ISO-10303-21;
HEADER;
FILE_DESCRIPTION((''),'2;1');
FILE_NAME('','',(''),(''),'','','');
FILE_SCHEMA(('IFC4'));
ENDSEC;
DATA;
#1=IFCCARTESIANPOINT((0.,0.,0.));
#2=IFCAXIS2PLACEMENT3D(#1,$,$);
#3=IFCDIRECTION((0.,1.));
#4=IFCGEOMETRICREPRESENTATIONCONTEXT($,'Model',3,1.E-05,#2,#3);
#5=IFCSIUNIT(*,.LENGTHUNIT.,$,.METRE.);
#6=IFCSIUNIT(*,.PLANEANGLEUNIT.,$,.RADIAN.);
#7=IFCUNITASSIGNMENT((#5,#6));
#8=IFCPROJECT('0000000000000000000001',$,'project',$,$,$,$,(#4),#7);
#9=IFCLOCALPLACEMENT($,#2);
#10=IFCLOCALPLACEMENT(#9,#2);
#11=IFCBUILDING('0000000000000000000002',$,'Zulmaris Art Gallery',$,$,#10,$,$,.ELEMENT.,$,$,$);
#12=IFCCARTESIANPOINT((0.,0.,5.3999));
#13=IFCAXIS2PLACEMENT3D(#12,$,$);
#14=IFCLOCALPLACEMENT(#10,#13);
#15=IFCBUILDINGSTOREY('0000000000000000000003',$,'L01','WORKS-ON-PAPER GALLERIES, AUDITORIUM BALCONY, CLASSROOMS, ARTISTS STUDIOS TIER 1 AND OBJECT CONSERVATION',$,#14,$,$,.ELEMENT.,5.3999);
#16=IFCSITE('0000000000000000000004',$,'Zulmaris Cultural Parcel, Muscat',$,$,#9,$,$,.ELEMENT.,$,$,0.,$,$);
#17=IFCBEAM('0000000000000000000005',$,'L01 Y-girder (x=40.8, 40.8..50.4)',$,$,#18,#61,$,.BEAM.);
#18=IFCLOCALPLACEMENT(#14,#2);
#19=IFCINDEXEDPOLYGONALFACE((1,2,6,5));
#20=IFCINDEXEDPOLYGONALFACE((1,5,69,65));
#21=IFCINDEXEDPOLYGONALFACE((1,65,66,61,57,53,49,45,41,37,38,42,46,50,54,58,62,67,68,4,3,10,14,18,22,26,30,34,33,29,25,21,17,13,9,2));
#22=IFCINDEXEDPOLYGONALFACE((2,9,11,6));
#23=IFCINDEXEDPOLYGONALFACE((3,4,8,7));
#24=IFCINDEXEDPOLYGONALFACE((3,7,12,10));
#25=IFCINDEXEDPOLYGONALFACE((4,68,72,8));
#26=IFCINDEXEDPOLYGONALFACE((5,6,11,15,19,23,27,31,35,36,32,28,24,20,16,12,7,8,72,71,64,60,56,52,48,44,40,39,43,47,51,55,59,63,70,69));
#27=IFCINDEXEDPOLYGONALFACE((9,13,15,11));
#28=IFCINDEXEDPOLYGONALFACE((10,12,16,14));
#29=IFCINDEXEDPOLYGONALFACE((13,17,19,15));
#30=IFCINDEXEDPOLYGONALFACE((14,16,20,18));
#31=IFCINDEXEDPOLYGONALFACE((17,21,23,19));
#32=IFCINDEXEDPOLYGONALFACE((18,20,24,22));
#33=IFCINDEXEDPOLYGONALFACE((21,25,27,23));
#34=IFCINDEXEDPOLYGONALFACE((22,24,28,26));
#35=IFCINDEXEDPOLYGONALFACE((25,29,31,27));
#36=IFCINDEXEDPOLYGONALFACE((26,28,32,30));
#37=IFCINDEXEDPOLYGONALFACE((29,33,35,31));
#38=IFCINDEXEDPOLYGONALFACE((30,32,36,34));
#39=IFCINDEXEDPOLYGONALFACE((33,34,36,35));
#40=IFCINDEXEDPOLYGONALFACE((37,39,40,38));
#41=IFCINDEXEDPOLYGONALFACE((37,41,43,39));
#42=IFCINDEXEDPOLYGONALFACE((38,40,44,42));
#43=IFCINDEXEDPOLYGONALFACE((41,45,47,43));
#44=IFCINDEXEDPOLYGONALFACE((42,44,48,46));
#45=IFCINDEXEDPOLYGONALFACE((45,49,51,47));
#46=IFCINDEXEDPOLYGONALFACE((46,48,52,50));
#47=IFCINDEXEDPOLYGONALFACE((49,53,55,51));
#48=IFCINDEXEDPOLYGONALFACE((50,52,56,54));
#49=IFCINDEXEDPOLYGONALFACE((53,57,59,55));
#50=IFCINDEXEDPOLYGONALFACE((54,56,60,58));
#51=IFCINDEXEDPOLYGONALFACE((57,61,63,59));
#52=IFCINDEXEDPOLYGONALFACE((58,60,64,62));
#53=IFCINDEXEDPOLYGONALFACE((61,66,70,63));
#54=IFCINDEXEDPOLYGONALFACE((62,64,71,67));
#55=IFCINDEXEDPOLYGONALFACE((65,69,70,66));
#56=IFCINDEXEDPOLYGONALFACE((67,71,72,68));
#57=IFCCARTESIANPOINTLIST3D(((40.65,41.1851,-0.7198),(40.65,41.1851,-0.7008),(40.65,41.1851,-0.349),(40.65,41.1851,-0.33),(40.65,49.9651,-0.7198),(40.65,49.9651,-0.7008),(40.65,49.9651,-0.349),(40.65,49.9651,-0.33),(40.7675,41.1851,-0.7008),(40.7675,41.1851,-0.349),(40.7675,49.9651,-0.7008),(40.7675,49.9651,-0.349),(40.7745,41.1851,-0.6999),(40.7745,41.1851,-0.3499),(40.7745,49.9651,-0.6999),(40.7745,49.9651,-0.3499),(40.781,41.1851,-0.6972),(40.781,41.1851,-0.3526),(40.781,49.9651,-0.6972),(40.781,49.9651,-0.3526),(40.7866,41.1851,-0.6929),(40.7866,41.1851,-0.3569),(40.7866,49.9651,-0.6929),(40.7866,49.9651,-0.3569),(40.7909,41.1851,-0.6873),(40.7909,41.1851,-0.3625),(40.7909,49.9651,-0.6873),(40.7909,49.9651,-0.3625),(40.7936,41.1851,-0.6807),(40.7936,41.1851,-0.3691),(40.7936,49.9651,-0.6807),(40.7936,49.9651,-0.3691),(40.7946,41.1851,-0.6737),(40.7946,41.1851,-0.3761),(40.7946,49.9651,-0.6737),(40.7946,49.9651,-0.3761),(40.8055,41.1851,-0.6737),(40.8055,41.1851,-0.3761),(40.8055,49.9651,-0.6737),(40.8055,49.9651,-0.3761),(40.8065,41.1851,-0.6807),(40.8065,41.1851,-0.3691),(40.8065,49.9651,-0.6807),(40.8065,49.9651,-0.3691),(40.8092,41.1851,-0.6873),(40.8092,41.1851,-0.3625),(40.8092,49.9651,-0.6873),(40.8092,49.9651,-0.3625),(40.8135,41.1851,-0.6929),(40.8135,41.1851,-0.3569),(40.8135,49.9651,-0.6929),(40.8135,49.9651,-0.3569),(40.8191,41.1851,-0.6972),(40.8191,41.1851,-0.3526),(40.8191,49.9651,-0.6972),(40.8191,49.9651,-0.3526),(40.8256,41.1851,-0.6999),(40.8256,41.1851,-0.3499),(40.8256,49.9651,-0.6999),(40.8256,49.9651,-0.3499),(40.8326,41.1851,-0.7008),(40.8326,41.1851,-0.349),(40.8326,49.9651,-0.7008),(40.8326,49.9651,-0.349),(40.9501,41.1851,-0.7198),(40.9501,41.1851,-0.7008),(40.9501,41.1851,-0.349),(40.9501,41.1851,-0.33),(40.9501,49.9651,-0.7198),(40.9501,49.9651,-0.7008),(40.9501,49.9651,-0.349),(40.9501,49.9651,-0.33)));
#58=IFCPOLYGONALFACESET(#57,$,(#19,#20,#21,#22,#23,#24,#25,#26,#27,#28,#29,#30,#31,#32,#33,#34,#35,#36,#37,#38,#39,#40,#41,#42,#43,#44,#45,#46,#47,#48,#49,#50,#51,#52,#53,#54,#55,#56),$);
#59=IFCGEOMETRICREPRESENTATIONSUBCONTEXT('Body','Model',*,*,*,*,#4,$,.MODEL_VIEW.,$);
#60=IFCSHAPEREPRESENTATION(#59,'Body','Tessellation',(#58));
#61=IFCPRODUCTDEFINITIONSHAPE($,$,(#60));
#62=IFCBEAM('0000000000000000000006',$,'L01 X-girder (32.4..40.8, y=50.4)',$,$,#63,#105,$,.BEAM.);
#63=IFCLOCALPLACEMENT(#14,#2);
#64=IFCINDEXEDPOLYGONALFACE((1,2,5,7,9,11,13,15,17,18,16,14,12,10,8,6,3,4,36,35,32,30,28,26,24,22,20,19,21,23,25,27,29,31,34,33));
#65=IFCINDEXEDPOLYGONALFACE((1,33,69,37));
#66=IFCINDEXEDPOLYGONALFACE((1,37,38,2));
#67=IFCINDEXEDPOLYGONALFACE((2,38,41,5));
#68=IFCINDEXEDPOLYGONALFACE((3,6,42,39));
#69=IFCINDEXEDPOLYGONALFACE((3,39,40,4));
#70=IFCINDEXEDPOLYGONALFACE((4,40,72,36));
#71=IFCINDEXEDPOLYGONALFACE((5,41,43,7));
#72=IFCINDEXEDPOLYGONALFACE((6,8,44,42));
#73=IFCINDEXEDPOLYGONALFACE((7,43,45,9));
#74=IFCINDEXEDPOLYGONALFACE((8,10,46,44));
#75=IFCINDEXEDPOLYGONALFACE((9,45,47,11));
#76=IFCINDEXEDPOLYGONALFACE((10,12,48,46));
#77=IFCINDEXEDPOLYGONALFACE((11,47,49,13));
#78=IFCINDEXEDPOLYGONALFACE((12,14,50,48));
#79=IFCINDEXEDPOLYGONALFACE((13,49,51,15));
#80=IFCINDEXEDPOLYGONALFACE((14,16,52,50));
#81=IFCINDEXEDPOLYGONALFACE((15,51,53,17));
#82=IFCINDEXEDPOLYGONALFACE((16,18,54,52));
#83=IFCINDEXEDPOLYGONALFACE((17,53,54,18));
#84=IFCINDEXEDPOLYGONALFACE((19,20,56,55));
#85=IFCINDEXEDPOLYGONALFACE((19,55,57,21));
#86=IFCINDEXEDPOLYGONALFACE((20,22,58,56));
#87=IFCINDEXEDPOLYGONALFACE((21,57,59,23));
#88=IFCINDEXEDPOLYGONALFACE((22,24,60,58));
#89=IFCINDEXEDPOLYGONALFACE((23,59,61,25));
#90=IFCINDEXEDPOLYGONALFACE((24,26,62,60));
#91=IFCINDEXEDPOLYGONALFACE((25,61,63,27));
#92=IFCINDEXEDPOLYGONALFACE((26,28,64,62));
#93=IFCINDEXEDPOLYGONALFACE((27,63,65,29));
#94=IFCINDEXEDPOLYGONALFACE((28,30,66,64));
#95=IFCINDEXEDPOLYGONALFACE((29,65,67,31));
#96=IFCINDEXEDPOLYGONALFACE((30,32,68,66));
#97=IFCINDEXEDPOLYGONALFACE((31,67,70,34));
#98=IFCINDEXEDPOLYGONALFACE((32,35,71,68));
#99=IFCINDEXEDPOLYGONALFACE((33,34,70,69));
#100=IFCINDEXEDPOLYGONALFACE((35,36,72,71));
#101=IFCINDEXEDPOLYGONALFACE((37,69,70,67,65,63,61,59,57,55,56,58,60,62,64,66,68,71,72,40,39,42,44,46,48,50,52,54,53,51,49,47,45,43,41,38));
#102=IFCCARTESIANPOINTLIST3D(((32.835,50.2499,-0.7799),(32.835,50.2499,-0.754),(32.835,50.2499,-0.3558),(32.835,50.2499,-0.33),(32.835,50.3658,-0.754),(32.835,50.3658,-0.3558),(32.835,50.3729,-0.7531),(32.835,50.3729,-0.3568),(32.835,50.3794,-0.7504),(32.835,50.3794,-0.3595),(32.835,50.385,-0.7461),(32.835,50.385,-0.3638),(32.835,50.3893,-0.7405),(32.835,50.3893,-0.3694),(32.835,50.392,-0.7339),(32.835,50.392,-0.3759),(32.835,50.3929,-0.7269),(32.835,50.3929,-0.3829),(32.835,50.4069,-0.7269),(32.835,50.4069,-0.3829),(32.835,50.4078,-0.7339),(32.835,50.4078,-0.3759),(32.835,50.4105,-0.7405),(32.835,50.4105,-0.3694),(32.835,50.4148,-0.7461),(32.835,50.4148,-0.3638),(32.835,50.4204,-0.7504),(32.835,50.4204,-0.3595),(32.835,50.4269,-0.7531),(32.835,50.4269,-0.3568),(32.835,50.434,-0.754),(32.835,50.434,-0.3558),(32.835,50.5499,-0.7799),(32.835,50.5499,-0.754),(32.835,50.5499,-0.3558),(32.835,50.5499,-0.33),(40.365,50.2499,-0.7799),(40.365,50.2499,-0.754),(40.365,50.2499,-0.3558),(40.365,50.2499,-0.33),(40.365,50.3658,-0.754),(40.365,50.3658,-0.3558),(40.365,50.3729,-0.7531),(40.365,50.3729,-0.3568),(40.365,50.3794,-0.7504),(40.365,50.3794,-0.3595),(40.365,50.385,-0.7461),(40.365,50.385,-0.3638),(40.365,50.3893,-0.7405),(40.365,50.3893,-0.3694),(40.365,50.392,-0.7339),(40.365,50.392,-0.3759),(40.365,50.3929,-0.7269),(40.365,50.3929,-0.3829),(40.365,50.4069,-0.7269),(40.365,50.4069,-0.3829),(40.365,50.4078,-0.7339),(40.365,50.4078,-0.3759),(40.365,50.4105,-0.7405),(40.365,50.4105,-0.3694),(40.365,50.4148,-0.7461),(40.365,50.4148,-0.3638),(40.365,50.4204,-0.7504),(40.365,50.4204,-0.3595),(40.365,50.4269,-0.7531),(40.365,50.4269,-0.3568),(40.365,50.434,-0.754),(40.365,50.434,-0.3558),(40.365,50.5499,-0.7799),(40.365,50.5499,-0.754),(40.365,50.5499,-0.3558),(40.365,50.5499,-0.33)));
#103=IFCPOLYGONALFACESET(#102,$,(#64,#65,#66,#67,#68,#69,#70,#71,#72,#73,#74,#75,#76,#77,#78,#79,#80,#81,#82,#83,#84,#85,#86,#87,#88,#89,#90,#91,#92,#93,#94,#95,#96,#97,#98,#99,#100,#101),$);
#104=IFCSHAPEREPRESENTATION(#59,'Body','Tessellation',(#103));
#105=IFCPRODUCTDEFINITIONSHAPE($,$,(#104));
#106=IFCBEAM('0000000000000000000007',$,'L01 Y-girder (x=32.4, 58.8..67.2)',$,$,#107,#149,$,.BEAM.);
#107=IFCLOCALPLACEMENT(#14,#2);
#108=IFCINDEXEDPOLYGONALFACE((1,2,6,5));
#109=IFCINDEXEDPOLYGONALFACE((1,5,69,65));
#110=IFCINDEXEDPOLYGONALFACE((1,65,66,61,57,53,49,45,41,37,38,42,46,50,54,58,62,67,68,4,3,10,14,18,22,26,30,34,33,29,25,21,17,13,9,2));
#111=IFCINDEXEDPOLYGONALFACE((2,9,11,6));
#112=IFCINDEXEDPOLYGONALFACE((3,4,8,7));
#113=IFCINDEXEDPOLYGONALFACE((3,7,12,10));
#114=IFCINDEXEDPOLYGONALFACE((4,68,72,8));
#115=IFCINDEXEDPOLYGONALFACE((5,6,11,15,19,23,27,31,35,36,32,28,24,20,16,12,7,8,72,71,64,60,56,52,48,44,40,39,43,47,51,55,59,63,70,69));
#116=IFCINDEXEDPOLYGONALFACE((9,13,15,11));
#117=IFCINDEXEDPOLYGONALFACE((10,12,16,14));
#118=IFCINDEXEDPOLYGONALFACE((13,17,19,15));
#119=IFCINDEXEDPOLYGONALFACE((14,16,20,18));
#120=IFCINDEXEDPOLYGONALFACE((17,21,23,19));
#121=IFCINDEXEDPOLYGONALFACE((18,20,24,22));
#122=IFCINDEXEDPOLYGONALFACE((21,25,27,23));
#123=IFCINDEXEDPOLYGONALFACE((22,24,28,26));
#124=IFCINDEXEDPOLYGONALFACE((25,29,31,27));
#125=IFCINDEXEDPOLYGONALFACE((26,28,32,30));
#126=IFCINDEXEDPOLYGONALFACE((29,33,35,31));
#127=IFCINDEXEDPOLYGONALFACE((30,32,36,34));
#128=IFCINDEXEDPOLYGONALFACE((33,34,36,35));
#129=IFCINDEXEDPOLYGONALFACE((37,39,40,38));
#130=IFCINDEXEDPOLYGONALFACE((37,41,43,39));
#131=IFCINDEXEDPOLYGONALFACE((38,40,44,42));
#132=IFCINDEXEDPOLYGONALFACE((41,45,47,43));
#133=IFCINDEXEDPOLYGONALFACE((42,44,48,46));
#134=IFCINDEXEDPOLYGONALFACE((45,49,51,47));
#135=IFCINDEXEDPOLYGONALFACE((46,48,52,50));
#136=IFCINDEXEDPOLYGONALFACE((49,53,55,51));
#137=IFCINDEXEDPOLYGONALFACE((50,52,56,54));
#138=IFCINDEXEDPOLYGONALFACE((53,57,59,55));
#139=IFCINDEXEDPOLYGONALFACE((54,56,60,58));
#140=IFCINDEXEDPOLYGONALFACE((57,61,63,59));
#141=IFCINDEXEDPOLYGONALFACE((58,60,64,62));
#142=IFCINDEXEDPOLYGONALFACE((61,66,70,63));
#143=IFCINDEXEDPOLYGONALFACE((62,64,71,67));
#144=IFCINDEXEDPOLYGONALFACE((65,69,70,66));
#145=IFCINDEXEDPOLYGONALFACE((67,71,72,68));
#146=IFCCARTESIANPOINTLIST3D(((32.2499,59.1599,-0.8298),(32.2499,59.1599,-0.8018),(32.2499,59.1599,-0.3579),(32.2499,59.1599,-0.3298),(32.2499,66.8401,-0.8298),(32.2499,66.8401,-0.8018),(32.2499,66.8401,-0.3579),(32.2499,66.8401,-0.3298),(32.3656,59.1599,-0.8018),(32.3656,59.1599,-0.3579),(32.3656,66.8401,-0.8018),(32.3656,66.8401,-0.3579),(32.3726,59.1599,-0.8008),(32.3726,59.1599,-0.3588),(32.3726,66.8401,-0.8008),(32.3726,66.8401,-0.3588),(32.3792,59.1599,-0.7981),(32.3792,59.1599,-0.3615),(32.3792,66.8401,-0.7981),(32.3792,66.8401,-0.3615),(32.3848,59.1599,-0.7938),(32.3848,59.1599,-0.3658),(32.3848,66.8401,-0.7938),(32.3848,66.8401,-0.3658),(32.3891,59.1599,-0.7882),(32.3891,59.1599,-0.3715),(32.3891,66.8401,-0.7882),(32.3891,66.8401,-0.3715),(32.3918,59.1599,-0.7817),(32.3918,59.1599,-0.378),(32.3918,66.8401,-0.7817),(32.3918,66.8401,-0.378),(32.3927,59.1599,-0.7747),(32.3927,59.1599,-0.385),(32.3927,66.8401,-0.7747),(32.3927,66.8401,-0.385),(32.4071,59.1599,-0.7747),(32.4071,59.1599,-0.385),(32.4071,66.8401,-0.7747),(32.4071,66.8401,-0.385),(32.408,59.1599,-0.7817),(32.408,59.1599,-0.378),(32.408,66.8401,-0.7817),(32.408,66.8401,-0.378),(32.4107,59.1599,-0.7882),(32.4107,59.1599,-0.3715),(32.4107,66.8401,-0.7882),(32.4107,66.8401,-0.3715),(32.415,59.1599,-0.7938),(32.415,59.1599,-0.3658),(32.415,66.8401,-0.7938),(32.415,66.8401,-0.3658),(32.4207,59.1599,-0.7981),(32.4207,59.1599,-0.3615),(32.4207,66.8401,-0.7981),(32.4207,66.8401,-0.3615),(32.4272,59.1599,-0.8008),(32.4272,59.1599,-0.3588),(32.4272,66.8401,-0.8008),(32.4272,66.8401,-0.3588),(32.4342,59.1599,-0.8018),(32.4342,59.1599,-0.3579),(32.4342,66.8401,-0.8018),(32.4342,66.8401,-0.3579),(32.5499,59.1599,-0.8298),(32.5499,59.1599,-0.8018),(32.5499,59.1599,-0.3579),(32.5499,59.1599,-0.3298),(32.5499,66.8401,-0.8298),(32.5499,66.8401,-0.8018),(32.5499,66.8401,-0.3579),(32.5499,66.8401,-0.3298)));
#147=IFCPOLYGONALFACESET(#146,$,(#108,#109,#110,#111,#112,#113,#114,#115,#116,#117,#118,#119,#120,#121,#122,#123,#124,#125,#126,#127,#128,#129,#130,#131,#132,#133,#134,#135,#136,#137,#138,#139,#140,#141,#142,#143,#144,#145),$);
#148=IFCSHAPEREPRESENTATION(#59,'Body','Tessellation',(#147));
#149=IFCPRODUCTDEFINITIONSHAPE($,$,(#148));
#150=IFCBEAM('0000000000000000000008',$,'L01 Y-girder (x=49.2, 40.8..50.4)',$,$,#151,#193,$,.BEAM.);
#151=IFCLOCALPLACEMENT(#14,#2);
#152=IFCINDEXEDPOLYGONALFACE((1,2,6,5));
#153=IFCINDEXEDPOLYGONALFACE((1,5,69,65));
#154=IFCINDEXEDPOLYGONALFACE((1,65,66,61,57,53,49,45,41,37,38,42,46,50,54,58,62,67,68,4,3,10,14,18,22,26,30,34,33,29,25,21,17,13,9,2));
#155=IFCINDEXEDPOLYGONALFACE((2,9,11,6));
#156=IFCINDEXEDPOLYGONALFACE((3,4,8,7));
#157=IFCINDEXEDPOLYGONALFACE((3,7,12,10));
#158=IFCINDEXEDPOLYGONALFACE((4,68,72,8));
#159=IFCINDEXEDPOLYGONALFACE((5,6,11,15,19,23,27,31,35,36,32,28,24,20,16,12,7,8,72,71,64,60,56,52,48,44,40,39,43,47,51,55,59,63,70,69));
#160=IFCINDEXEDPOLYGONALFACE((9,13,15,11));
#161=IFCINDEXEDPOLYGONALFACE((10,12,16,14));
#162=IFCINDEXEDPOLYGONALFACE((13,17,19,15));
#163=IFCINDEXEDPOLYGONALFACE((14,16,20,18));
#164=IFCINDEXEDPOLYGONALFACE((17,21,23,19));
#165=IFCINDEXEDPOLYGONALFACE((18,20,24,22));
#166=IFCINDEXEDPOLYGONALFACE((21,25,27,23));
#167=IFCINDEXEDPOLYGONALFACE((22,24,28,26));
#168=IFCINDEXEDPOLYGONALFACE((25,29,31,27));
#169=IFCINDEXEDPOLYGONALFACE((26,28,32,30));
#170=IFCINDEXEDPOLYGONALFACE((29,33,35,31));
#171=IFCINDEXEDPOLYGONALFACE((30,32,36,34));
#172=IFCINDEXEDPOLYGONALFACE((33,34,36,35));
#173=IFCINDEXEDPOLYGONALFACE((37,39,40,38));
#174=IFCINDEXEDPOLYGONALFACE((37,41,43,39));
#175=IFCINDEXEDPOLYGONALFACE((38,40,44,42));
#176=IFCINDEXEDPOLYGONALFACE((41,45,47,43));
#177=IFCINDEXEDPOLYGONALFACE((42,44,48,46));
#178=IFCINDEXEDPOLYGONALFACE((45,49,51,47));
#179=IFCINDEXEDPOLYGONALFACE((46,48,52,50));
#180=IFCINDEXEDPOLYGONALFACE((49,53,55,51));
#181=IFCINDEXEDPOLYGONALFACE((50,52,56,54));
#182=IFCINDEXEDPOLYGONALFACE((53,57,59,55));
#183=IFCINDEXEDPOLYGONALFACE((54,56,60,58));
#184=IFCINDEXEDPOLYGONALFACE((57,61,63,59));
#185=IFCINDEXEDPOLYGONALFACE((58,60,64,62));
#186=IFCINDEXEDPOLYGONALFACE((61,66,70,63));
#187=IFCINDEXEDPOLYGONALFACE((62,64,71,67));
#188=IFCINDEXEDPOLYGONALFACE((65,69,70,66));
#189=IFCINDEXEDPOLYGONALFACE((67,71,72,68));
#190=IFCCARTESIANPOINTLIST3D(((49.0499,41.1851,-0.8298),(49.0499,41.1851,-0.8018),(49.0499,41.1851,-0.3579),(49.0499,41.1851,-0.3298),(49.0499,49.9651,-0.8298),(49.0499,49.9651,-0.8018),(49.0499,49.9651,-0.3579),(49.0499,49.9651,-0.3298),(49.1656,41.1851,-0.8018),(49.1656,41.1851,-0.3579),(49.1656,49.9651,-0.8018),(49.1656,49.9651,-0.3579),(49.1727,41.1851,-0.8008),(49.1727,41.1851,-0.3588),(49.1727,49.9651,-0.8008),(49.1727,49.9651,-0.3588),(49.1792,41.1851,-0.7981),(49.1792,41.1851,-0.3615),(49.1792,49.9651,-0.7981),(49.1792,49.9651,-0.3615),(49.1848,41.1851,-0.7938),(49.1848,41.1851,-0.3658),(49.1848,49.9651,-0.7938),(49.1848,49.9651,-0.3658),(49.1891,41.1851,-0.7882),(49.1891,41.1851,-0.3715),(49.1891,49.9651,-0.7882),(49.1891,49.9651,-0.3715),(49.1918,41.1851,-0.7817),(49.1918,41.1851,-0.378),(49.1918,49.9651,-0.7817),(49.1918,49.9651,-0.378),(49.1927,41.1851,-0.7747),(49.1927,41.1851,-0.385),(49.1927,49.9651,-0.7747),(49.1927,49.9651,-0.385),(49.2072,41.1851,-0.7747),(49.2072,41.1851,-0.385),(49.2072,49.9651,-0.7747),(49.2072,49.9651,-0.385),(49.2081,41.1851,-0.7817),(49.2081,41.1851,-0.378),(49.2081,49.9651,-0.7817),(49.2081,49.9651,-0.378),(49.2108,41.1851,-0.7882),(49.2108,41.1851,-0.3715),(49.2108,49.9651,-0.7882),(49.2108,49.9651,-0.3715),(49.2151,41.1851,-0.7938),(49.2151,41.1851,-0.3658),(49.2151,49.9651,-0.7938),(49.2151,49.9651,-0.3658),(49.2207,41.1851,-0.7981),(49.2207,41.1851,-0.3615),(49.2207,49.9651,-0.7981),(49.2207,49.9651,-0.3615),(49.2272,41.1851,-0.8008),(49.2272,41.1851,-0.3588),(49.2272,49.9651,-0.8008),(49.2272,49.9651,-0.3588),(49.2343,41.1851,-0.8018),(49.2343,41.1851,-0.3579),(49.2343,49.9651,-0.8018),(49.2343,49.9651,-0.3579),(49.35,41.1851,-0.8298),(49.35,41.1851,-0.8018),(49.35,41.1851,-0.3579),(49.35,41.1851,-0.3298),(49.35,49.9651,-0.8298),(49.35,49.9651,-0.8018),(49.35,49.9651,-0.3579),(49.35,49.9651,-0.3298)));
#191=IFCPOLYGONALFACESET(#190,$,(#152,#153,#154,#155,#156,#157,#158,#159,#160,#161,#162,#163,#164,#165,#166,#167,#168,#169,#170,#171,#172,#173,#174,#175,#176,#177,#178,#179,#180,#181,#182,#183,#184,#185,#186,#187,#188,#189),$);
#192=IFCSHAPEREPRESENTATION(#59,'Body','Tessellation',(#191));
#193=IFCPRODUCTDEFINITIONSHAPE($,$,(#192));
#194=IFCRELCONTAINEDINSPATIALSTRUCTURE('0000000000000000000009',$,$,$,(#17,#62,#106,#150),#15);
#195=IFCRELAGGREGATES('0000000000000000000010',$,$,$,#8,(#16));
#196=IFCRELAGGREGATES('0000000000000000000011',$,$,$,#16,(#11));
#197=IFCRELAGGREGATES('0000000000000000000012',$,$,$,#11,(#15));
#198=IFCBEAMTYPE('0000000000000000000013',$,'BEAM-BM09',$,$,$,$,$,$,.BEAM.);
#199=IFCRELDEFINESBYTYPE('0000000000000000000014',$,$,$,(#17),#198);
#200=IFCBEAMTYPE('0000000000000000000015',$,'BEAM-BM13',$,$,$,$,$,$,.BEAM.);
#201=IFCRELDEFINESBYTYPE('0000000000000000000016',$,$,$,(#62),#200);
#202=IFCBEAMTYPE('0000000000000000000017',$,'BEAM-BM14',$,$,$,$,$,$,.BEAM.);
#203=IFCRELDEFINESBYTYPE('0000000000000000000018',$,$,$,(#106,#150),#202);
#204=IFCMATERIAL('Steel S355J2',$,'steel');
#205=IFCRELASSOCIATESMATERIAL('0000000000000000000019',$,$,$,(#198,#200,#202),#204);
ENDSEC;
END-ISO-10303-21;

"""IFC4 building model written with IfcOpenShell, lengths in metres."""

from ifc_helpers import new_model, si_unit, direction, frame, origin, origin_2d, place, context, subcontext, project, spatial, i_section, extrude, material, material_profile, profile_set, type_object, element, save


model = new_model("IFC4")

# Units and contexts
model_context = context("Model", 3, precision=1e-05, world=origin(), true_north=direction((0.0, 1.0)))
body_context = subcontext(model_context, "Body", "Model", "MODEL_VIEW")
ifc_project = project(units=[si_unit("LENGTHUNIT", "METRE"), si_unit("PLANEANGLEUNIT", "RADIAN")], contexts=[model_context])

# Site, building, storey
site_placement = place(None, origin())
site = spatial("IfcSite", under=ifc_project, at=site_placement, Name="Zulmaris Cultural Parcel, Muscat", CompositionType="ELEMENT", RefElevation=0.0)
building_placement = place(site_placement, origin())
building = spatial("IfcBuilding", under=site, at=building_placement, Name="Zulmaris Art Gallery", CompositionType="ELEMENT")
storey_placement = place(building_placement, frame((0.0, 0.0, 5.3999)))
storey = spatial("IfcBuildingStorey", under=building, at=storey_placement, Name="L01", Description="WORKS-ON-PAPER GALLERIES, AUDITORIUM BALCONY, CLASSROOMS, ARTISTS STUDIOS TIER 1 AND OBJECT CONSERVATION", CompositionType="ELEMENT", Elevation=5.3999)

# Beams
ifc_material_1 = material(Name="Steel S355J2", Category="steel")
ifc_material_profile_1 = material_profile(ifc_material_1, i_section(OverallWidth=0.3, OverallDepth=0.3899, WebThickness=0.011, FlangeThickness=0.019, FilletRadius=0.0271, at=origin_2d()), Name="HEA 400")
ifc_profile_set_1 = profile_set([ifc_material_profile_1], Name="Steel S355J2")
beam_type_1 = type_object("IfcBeamType", Name="BEAM-BM09", PredefinedType="BEAM", material=ifc_profile_set_1)
beam_1_placement = place(storey_placement, frame((40.8, 41.1851, -0.5249), z_axis=(0.0, 1.0, 0.0), x_axis=(-1.0, 0.0, 0.0)))
element("IfcBeam", 1, at=beam_1_placement, inside=storey, type_object=beam_type_1, Name="L01 Y-girder (x=40.8, 40.8..50.4)", PredefinedType="BEAM", context=body_context, shape_type="SweptSolid", body=[
    extrude(i_section(OverallWidth=0.3, OverallDepth=0.3899, WebThickness=0.011, FlangeThickness=0.019, FilletRadius=0.0271, at=origin_2d()), origin(), (0.0, 0.0, 1.0), 8.78),
])
ifc_material_profile_2 = material_profile(ifc_material_1, i_section(OverallWidth=0.3, OverallDepth=0.45, WebThickness=0.0139, FlangeThickness=0.0259, FilletRadius=0.0271, at=origin_2d()), Name="HEB 450")
ifc_profile_set_2 = profile_set([ifc_material_profile_2], Name="Steel S355J2")
beam_type_2 = type_object("IfcBeamType", Name="BEAM-BM13", PredefinedType="BEAM", material=ifc_profile_set_2)
beam_2_placement = place(storey_placement, frame((32.835, 50.3999, -0.5549), z_axis=(1.0, 0.0, 0.0), x_axis=(0.0, 1.0, 0.0)))
element("IfcBeam", 2, at=beam_2_placement, inside=storey, type_object=beam_type_2, Name="L01 X-girder (32.4..40.8, y=50.4)", PredefinedType="BEAM", context=body_context, shape_type="SweptSolid", body=[
    extrude(i_section(OverallWidth=0.3, OverallDepth=0.45, WebThickness=0.0139, FlangeThickness=0.0259, FilletRadius=0.0271, at=origin_2d()), origin(), (0.0, 0.0, 1.0), 7.53),
])
ifc_material_profile_3 = material_profile(ifc_material_1, i_section(OverallWidth=0.3, OverallDepth=0.5, WebThickness=0.0144, FlangeThickness=0.0281, FilletRadius=0.0271, at=origin_2d()), Name="HEB 500")
ifc_profile_set_3 = profile_set([ifc_material_profile_3], Name="Steel S355J2")
beam_type_3 = type_object("IfcBeamType", Name="BEAM-BM14", PredefinedType="BEAM", material=ifc_profile_set_3)
beam_3_placement = place(storey_placement, frame((32.3999, 59.1599, -0.5798), z_axis=(0.0, 1.0, 0.0), x_axis=(-1.0, 0.0, 0.0)))
element("IfcBeam", 3, at=beam_3_placement, inside=storey, type_object=beam_type_3, Name="L01 Y-girder (x=32.4, 58.8..67.2)", PredefinedType="BEAM", context=body_context, shape_type="SweptSolid", body=[
    extrude(i_section(OverallWidth=0.3, OverallDepth=0.5, WebThickness=0.0144, FlangeThickness=0.0281, FilletRadius=0.0271, at=origin_2d()), origin(), (0.0, 0.0, 1.0), 7.6802),
])
beam_4_placement = place(storey_placement, frame((49.2, 41.1851, -0.5798), z_axis=(0.0, 1.0, 0.0), x_axis=(-1.0, 0.0, 0.0)))
element("IfcBeam", 4, at=beam_4_placement, inside=storey, type_object=beam_type_3, Name="L01 Y-girder (x=49.2, 40.8..50.4)", PredefinedType="BEAM", context=body_context, shape_type="SweptSolid", body=[
    extrude(i_section(OverallWidth=0.3, OverallDepth=0.5, WebThickness=0.0144, FlangeThickness=0.0281, FilletRadius=0.0271, at=origin_2d()), origin(), (0.0, 0.0, 1.0), 8.78),
])

save(model, "model.ifc")
